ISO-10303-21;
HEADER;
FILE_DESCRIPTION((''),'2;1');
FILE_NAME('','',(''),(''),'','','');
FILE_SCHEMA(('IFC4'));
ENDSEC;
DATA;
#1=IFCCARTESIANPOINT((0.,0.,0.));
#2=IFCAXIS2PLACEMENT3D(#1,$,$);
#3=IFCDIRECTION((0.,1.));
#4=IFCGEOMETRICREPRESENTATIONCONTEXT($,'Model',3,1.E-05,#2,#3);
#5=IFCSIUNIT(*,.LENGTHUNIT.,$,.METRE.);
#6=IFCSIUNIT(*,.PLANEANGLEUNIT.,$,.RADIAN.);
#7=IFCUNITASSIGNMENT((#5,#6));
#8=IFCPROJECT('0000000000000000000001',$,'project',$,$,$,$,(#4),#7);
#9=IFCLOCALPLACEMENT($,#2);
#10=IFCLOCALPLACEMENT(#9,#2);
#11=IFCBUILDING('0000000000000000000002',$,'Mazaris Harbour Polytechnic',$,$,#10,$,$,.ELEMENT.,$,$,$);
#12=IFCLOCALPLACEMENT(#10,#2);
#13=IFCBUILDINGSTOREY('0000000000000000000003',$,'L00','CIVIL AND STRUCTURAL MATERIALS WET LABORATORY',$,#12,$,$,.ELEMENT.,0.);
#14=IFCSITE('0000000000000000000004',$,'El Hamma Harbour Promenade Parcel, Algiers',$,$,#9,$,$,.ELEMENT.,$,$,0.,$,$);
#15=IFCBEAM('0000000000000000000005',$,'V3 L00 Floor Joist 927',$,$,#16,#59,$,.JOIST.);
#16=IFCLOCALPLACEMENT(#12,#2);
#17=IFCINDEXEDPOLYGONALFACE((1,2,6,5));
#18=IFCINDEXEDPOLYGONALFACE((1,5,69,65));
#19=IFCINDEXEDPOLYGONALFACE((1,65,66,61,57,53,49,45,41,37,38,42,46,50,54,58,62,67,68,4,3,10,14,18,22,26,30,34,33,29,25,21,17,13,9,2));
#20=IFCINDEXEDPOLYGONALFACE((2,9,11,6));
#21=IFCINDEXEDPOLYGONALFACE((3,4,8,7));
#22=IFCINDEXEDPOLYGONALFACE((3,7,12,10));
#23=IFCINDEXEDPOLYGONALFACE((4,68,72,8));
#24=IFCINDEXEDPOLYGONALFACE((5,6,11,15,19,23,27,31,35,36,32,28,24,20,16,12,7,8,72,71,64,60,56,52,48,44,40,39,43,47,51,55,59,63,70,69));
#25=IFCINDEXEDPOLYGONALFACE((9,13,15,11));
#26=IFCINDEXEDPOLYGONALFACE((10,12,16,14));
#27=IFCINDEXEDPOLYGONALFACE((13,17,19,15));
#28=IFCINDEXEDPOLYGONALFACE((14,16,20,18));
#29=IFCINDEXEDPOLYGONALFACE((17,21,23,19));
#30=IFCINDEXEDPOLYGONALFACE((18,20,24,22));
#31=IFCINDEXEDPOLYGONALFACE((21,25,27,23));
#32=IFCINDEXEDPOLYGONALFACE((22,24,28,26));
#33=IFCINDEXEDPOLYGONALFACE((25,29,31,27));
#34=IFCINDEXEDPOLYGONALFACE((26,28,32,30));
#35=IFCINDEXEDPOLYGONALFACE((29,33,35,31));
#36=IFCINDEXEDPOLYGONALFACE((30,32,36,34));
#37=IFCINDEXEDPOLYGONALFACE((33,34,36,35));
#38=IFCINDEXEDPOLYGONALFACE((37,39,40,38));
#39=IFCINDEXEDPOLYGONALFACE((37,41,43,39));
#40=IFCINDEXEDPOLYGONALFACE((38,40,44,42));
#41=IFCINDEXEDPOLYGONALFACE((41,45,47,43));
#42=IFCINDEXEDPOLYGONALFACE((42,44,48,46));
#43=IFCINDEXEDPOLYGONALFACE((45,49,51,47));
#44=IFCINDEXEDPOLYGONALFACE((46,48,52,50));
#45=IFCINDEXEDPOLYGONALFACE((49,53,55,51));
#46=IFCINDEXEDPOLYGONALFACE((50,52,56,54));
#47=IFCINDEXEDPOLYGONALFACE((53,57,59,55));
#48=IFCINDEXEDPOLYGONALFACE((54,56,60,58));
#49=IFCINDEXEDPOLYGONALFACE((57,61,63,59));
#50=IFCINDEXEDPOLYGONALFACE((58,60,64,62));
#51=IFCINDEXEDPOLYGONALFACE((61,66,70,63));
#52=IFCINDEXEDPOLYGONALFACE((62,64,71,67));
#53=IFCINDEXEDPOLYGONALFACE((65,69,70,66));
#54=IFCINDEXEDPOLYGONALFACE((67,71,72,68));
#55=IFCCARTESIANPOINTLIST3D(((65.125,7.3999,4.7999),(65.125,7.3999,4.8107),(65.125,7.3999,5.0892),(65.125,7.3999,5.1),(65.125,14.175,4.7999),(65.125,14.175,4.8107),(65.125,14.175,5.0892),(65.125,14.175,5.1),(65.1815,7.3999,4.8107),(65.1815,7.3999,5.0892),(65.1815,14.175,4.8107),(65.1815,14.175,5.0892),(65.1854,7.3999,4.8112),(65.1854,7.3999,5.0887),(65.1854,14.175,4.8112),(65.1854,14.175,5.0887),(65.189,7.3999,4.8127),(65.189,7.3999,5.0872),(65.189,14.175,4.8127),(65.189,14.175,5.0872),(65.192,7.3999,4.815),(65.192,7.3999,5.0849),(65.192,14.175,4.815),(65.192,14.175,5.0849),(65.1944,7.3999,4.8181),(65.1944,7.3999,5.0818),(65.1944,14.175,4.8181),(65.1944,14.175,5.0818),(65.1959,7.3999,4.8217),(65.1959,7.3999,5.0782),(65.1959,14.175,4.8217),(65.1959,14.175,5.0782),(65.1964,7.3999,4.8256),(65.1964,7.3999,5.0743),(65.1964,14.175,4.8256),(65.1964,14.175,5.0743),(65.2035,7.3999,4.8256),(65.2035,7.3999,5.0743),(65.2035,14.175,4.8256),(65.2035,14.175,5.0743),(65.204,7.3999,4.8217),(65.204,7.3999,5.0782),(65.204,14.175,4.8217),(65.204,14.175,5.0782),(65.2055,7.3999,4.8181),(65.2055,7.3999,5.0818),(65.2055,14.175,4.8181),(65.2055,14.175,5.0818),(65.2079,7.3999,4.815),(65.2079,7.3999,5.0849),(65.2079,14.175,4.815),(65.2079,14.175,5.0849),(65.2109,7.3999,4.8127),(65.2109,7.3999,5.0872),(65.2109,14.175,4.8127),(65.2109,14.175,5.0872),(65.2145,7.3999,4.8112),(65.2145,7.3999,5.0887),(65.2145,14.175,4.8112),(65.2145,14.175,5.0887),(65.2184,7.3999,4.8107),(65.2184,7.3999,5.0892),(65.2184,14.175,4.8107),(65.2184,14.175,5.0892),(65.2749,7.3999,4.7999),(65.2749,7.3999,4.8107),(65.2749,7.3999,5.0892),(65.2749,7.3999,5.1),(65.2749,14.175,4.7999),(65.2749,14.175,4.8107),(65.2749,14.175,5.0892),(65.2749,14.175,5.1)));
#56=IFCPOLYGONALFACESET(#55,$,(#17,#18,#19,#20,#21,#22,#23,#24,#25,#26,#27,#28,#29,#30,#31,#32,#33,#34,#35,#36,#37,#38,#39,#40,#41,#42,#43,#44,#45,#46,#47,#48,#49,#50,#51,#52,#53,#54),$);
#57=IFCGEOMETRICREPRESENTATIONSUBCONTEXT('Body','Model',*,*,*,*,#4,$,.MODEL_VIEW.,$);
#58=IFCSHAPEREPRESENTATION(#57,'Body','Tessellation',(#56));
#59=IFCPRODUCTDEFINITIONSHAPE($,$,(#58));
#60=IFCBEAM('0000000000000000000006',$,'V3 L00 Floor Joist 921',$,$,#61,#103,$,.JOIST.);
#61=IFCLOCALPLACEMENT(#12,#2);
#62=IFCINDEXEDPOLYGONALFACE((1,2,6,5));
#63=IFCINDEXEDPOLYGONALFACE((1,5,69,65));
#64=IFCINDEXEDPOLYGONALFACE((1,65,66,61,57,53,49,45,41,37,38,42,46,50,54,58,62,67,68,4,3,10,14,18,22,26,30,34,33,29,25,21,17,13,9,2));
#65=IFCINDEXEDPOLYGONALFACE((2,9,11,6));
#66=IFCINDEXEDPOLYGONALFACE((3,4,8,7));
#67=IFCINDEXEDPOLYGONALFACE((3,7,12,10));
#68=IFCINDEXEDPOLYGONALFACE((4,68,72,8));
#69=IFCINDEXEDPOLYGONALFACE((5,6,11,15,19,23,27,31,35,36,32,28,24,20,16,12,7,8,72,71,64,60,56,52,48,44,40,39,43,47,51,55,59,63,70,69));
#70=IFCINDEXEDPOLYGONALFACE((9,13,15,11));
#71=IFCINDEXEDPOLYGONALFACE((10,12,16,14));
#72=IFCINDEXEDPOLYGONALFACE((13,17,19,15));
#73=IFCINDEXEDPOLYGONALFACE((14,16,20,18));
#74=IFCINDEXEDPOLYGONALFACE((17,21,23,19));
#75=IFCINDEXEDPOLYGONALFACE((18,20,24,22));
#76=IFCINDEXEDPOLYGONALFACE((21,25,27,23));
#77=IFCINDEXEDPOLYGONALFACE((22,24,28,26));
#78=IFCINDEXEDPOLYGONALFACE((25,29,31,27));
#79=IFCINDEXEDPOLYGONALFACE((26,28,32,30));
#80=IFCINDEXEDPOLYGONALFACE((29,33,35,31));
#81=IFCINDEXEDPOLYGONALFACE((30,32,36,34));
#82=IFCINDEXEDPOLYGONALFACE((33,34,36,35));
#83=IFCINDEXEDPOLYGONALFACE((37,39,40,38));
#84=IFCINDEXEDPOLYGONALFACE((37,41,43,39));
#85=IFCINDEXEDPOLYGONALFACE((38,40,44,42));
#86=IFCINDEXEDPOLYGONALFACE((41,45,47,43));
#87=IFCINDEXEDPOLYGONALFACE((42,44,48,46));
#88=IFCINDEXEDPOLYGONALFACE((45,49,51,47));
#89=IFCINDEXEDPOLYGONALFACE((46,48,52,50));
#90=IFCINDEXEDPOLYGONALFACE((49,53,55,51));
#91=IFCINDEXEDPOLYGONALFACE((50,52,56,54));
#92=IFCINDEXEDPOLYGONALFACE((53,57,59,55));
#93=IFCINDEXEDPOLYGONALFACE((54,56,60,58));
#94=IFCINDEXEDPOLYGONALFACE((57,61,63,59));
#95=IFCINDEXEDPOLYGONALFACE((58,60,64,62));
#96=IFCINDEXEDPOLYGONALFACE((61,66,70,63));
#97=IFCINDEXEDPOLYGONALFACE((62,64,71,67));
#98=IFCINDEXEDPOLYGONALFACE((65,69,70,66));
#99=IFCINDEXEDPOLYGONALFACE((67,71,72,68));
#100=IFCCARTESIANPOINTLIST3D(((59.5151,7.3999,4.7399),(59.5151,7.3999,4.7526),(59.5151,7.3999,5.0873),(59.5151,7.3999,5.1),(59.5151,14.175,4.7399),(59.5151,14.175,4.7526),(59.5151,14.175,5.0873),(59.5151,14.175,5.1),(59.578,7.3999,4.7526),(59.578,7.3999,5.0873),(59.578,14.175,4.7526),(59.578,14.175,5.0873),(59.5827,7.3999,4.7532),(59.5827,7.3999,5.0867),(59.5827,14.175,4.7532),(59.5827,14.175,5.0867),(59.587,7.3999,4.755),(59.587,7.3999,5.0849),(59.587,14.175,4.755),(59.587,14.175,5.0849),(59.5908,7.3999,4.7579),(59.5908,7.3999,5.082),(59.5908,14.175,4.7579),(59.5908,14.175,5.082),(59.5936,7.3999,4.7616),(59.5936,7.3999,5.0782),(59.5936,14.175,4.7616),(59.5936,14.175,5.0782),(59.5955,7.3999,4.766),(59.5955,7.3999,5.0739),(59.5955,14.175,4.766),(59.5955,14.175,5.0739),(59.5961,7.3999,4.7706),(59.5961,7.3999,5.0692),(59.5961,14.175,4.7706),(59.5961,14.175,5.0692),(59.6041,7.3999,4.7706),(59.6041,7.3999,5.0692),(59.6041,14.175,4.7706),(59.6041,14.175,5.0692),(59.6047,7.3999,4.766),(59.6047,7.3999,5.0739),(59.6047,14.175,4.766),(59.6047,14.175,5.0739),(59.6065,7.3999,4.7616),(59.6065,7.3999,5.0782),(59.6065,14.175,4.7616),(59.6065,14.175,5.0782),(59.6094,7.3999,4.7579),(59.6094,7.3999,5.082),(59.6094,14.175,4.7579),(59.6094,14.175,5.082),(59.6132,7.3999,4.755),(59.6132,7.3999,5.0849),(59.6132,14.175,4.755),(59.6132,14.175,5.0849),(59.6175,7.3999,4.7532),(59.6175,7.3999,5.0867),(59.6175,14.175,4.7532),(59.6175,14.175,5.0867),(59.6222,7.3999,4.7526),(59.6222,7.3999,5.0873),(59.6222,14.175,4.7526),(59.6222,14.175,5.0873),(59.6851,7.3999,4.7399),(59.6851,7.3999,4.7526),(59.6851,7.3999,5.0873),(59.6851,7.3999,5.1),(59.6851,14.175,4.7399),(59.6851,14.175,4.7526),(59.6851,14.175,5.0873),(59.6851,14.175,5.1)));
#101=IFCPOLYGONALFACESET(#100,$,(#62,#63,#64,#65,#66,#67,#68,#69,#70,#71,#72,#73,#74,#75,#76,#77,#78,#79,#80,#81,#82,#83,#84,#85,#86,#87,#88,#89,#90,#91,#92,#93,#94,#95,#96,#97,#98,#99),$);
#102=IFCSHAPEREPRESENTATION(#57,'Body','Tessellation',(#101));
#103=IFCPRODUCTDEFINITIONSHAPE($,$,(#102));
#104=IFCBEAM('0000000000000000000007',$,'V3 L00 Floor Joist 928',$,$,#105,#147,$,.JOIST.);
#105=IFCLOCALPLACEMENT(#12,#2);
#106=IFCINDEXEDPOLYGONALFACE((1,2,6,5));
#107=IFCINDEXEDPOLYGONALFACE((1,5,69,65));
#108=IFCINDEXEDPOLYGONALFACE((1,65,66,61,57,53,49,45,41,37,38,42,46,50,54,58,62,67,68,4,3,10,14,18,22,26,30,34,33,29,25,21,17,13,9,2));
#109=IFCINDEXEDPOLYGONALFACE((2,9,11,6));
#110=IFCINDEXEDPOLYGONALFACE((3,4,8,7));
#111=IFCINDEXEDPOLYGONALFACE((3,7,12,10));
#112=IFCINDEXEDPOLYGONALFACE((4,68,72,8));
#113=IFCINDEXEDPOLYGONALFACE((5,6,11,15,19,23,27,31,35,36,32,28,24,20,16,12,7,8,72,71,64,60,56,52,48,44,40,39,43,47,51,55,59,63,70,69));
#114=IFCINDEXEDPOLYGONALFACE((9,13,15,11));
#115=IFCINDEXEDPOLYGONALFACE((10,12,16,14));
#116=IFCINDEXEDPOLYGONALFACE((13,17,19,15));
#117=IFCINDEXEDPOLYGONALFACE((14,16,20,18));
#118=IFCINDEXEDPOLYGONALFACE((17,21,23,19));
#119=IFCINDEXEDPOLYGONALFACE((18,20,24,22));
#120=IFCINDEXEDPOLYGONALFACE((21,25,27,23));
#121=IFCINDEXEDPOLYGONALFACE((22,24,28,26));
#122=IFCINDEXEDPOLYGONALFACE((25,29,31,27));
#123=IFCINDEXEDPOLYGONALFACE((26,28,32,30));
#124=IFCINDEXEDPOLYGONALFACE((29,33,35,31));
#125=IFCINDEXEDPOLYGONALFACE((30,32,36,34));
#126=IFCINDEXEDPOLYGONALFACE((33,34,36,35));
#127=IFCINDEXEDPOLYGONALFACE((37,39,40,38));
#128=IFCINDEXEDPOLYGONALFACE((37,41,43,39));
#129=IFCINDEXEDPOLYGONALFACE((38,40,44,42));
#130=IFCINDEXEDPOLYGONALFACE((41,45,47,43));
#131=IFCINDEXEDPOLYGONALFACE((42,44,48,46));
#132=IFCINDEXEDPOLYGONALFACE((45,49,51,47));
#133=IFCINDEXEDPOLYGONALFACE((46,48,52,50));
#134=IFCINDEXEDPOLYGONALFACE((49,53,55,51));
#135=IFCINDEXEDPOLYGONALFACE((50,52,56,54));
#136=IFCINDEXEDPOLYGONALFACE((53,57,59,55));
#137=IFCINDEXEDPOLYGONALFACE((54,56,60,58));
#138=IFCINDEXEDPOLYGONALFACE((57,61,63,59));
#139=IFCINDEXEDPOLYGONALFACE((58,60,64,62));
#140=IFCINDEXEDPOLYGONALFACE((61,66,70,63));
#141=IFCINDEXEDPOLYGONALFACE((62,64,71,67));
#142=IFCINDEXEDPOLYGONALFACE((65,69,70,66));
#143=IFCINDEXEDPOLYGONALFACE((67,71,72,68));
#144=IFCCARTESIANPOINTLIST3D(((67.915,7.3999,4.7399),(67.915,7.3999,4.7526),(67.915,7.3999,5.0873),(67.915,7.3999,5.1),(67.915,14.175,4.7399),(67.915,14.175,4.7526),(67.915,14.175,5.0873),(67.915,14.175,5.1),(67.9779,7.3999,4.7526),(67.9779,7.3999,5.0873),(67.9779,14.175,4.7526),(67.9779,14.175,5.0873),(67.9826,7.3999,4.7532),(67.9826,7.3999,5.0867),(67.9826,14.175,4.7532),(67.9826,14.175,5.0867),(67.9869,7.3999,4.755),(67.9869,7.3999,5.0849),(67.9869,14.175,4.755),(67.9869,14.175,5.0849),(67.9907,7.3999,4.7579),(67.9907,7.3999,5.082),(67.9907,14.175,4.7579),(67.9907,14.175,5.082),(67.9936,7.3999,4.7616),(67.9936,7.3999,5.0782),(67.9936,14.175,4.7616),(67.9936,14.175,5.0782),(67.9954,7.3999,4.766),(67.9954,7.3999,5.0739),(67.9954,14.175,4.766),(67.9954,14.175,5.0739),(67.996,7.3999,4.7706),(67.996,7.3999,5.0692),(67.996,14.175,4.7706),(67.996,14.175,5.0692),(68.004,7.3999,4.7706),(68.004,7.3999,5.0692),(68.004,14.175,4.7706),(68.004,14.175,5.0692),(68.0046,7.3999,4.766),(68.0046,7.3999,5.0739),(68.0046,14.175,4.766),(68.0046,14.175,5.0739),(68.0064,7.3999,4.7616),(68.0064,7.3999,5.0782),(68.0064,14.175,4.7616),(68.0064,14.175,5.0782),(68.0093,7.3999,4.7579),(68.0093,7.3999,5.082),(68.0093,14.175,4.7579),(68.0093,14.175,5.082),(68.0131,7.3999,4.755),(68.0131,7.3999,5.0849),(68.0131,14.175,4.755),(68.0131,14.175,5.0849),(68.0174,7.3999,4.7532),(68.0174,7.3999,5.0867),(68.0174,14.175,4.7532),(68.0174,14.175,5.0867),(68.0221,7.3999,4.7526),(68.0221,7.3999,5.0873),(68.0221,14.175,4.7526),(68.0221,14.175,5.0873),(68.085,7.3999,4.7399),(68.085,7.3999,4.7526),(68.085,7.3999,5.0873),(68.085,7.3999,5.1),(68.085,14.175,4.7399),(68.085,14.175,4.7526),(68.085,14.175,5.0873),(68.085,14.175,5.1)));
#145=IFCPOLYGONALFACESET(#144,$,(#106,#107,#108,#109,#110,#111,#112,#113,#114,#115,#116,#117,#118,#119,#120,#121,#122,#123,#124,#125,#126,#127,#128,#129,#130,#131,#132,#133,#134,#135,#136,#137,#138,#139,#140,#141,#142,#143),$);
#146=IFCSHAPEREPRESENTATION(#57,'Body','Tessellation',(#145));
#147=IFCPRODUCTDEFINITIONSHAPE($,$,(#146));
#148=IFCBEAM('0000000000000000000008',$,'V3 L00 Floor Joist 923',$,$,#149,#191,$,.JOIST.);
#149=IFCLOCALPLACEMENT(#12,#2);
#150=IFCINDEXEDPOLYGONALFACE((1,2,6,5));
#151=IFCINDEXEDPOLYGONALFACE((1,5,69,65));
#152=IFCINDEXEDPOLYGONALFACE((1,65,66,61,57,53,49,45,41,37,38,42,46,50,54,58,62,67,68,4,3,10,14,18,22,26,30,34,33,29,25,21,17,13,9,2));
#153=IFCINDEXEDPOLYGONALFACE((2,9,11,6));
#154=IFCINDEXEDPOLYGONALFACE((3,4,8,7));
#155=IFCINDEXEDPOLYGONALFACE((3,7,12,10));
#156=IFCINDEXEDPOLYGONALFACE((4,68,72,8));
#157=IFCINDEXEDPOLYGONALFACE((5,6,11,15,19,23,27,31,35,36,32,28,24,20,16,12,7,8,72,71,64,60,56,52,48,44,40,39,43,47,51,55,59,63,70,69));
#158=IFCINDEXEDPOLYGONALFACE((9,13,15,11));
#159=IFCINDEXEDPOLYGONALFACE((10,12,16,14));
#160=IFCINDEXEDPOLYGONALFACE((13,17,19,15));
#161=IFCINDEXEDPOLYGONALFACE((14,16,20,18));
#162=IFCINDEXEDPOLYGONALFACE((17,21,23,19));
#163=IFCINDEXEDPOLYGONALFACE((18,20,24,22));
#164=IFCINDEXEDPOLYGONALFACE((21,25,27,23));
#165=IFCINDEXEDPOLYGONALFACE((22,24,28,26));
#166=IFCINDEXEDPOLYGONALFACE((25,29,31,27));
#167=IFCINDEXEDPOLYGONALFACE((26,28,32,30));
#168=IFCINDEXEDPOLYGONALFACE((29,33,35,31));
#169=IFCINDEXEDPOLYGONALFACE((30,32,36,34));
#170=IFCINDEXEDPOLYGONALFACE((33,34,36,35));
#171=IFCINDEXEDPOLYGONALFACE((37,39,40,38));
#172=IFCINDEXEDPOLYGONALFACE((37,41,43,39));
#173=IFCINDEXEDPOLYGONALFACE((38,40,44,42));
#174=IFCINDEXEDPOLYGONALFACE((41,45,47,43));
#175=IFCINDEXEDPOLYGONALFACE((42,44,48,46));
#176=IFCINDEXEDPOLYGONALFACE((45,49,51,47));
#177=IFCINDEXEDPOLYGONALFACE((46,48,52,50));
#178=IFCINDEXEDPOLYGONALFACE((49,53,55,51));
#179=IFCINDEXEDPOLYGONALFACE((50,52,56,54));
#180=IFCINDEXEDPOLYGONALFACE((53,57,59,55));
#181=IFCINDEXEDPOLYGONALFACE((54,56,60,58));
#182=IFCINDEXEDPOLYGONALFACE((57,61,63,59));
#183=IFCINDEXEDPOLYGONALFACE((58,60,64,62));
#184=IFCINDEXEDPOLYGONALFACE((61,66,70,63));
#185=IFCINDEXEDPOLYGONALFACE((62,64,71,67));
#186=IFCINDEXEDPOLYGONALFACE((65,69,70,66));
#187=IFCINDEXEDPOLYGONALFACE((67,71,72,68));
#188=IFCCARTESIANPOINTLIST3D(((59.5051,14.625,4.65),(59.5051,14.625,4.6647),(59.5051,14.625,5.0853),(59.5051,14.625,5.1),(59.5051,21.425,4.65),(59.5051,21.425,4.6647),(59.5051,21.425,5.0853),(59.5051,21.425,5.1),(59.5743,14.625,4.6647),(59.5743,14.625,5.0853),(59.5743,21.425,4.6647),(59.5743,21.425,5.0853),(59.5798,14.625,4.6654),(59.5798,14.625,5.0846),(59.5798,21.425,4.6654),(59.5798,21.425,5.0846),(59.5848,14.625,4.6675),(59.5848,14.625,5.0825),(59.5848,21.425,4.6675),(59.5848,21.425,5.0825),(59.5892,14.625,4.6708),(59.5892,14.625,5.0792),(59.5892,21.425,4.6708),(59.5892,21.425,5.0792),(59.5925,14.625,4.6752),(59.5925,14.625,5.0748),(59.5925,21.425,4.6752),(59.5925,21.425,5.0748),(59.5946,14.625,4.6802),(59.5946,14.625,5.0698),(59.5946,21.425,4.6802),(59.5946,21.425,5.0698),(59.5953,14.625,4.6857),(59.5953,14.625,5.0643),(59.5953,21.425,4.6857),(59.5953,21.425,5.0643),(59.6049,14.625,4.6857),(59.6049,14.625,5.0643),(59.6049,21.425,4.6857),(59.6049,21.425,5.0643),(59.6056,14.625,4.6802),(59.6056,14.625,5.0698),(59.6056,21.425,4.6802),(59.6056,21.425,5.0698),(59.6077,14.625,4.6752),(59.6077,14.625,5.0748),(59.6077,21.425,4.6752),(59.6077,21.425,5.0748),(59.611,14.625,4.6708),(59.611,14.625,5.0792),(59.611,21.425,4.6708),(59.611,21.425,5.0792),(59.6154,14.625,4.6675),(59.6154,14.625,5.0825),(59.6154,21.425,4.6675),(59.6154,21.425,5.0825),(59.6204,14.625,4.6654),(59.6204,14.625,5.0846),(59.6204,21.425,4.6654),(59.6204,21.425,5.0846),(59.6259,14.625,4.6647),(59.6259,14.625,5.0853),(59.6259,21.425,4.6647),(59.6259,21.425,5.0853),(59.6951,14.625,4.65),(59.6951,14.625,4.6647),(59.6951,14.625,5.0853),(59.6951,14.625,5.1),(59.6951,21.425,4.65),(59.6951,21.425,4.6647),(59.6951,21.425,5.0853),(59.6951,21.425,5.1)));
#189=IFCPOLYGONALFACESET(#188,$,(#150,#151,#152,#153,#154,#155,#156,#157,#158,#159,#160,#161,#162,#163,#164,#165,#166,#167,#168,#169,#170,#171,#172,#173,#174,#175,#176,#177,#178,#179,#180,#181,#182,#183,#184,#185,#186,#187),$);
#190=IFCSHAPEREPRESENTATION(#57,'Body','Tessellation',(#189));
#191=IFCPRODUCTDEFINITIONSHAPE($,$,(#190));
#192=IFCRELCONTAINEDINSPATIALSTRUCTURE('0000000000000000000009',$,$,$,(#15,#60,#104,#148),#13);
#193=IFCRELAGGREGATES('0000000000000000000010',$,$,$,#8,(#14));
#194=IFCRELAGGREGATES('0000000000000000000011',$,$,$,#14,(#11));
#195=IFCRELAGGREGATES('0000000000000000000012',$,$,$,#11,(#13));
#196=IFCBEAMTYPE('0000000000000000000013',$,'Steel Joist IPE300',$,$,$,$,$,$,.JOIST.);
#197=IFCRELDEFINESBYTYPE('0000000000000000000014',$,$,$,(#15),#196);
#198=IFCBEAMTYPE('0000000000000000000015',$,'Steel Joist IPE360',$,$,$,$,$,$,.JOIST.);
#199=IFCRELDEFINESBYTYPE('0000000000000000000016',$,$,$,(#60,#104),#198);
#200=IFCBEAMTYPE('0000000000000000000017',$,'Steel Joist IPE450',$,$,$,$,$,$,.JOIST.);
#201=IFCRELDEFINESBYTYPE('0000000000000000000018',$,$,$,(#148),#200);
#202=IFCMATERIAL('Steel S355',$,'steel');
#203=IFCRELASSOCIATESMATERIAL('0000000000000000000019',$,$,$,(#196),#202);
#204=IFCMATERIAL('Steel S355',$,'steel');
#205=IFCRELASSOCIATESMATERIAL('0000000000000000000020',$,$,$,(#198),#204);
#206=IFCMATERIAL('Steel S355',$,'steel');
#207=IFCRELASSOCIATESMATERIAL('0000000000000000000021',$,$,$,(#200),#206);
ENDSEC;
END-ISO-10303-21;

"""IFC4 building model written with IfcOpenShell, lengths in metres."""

from ifc_helpers import new_model, si_unit, direction, frame, origin, origin_2d, place, context, subcontext, project, spatial, i_section, extrude, material, material_profile, profile_set, type_object, element, save


model = new_model("IFC4")

# Units and contexts
model_context = context("Model", 3, precision=1e-05, world=origin(), true_north=direction((0.0, 1.0)))
body_context = subcontext(model_context, "Body", "Model", "MODEL_VIEW")
ifc_project = project(units=[si_unit("LENGTHUNIT", "METRE"), si_unit("PLANEANGLEUNIT", "RADIAN")], contexts=[model_context])

# Site, building, storey
site_placement = place(None, origin())
site = spatial("IfcSite", under=ifc_project, at=site_placement, Name="El Hamma Harbour Promenade Parcel, Algiers", CompositionType="ELEMENT", RefElevation=0.0)
building_placement = place(site_placement, origin())
building = spatial("IfcBuilding", under=site, at=building_placement, Name="Mazaris Harbour Polytechnic", CompositionType="ELEMENT")
storey_placement = place(building_placement, origin())
storey = spatial("IfcBuildingStorey", under=building, at=storey_placement, Name="L00", Description="CIVIL AND STRUCTURAL MATERIALS WET LABORATORY", CompositionType="ELEMENT", Elevation=0.0)

# Beams
ifc_material_1 = material(Name="Steel S355", Category="steel")
ifc_material_profile_1 = material_profile(ifc_material_1, i_section(OverallWidth=0.1499, OverallDepth=0.3, WebThickness=0.0071, FlangeThickness=0.0107, FilletRadius=0.0149, at=origin_2d()), Name="IPE 300")
ifc_profile_set_1 = profile_set([ifc_material_profile_1], Name="Steel S355")
beam_type_1 = type_object("IfcBeamType", Name="Steel Joist IPE300", PredefinedType="JOIST", material=ifc_profile_set_1)
beam_1_placement = place(storey_placement, frame((65.2, 7.3999, 4.95), z_axis=(0.0, 1.0, 0.0), x_axis=(-1.0, 0.0, 0.0)))
element("IfcBeam", 1, at=beam_1_placement, inside=storey, type_object=beam_type_1, Name="V3 L00 Floor Joist 927", PredefinedType="JOIST", context=body_context, shape_type="SweptSolid", body=[
    extrude(i_section(OverallWidth=0.1499, OverallDepth=0.3, WebThickness=0.0071, FlangeThickness=0.0107, FilletRadius=0.0149, at=origin_2d()), origin(), (0.0, 0.0, 1.0), 6.7751),
])
ifc_material_2 = material(Name="Steel S355", Category="steel")
ifc_material_profile_2 = material_profile(ifc_material_2, i_section(OverallWidth=0.1699, OverallDepth=0.3601, WebThickness=0.0081, FlangeThickness=0.0127, FilletRadius=0.0181, at=origin_2d()), Name="IPE 360")
ifc_profile_set_2 = profile_set([ifc_material_profile_2], Name="Steel S355")
beam_type_2 = type_object("IfcBeamType", Name="Steel Joist IPE360", PredefinedType="JOIST", material=ifc_profile_set_2)
for number, where, z_axis, x_axis, name in (
    (2, (59.6001, 7.3999, 4.9199), (0.0, 1.0, 0.0), (-1.0, 0.0, 0.0), "V3 L00 Floor Joist 921"),
    (3, (68.0, 7.3999, 4.9199), (0.0, 1.0, 0.0), (-1.0, 0.0, 0.0), "V3 L00 Floor Joist 928"),
):
    element("IfcBeam", number, at=place(storey_placement, frame(where, z_axis=z_axis, x_axis=x_axis)), inside=storey, type_object=beam_type_2, Name=name, PredefinedType="JOIST", context=body_context, shape_type="SweptSolid", body=[
        extrude(i_section(OverallWidth=0.1699, OverallDepth=0.3601, WebThickness=0.0081, FlangeThickness=0.0127, FilletRadius=0.0181, at=origin_2d()), origin(), (0.0, 0.0, 1.0), 6.7751),
    ])
ifc_material_3 = material(Name="Steel S355", Category="steel")
ifc_material_profile_3 = material_profile(ifc_material_3, i_section(OverallWidth=0.1899, OverallDepth=0.45, WebThickness=0.0095, FlangeThickness=0.0146, FilletRadius=0.021, at=origin_2d()), Name="IPE 450")
ifc_profile_set_3 = profile_set([ifc_material_profile_3], Name="Steel S355")
beam_type_3 = type_object("IfcBeamType", Name="Steel Joist IPE450", PredefinedType="JOIST", material=ifc_profile_set_3)
beam_2_placement = place(storey_placement, frame((59.6001, 14.625, 4.875), z_axis=(0.0, 1.0, 0.0), x_axis=(-1.0, 0.0, 0.0)))
element("IfcBeam", 4, at=beam_2_placement, inside=storey, type_object=beam_type_3, Name="V3 L00 Floor Joist 923", PredefinedType="JOIST", context=body_context, shape_type="SweptSolid", body=[
    extrude(i_section(OverallWidth=0.1899, OverallDepth=0.45, WebThickness=0.0095, FlangeThickness=0.0146, FilletRadius=0.021, at=origin_2d()), origin(), (0.0, 0.0, 1.0), 6.8),
])

save(model, "model.ifc")
